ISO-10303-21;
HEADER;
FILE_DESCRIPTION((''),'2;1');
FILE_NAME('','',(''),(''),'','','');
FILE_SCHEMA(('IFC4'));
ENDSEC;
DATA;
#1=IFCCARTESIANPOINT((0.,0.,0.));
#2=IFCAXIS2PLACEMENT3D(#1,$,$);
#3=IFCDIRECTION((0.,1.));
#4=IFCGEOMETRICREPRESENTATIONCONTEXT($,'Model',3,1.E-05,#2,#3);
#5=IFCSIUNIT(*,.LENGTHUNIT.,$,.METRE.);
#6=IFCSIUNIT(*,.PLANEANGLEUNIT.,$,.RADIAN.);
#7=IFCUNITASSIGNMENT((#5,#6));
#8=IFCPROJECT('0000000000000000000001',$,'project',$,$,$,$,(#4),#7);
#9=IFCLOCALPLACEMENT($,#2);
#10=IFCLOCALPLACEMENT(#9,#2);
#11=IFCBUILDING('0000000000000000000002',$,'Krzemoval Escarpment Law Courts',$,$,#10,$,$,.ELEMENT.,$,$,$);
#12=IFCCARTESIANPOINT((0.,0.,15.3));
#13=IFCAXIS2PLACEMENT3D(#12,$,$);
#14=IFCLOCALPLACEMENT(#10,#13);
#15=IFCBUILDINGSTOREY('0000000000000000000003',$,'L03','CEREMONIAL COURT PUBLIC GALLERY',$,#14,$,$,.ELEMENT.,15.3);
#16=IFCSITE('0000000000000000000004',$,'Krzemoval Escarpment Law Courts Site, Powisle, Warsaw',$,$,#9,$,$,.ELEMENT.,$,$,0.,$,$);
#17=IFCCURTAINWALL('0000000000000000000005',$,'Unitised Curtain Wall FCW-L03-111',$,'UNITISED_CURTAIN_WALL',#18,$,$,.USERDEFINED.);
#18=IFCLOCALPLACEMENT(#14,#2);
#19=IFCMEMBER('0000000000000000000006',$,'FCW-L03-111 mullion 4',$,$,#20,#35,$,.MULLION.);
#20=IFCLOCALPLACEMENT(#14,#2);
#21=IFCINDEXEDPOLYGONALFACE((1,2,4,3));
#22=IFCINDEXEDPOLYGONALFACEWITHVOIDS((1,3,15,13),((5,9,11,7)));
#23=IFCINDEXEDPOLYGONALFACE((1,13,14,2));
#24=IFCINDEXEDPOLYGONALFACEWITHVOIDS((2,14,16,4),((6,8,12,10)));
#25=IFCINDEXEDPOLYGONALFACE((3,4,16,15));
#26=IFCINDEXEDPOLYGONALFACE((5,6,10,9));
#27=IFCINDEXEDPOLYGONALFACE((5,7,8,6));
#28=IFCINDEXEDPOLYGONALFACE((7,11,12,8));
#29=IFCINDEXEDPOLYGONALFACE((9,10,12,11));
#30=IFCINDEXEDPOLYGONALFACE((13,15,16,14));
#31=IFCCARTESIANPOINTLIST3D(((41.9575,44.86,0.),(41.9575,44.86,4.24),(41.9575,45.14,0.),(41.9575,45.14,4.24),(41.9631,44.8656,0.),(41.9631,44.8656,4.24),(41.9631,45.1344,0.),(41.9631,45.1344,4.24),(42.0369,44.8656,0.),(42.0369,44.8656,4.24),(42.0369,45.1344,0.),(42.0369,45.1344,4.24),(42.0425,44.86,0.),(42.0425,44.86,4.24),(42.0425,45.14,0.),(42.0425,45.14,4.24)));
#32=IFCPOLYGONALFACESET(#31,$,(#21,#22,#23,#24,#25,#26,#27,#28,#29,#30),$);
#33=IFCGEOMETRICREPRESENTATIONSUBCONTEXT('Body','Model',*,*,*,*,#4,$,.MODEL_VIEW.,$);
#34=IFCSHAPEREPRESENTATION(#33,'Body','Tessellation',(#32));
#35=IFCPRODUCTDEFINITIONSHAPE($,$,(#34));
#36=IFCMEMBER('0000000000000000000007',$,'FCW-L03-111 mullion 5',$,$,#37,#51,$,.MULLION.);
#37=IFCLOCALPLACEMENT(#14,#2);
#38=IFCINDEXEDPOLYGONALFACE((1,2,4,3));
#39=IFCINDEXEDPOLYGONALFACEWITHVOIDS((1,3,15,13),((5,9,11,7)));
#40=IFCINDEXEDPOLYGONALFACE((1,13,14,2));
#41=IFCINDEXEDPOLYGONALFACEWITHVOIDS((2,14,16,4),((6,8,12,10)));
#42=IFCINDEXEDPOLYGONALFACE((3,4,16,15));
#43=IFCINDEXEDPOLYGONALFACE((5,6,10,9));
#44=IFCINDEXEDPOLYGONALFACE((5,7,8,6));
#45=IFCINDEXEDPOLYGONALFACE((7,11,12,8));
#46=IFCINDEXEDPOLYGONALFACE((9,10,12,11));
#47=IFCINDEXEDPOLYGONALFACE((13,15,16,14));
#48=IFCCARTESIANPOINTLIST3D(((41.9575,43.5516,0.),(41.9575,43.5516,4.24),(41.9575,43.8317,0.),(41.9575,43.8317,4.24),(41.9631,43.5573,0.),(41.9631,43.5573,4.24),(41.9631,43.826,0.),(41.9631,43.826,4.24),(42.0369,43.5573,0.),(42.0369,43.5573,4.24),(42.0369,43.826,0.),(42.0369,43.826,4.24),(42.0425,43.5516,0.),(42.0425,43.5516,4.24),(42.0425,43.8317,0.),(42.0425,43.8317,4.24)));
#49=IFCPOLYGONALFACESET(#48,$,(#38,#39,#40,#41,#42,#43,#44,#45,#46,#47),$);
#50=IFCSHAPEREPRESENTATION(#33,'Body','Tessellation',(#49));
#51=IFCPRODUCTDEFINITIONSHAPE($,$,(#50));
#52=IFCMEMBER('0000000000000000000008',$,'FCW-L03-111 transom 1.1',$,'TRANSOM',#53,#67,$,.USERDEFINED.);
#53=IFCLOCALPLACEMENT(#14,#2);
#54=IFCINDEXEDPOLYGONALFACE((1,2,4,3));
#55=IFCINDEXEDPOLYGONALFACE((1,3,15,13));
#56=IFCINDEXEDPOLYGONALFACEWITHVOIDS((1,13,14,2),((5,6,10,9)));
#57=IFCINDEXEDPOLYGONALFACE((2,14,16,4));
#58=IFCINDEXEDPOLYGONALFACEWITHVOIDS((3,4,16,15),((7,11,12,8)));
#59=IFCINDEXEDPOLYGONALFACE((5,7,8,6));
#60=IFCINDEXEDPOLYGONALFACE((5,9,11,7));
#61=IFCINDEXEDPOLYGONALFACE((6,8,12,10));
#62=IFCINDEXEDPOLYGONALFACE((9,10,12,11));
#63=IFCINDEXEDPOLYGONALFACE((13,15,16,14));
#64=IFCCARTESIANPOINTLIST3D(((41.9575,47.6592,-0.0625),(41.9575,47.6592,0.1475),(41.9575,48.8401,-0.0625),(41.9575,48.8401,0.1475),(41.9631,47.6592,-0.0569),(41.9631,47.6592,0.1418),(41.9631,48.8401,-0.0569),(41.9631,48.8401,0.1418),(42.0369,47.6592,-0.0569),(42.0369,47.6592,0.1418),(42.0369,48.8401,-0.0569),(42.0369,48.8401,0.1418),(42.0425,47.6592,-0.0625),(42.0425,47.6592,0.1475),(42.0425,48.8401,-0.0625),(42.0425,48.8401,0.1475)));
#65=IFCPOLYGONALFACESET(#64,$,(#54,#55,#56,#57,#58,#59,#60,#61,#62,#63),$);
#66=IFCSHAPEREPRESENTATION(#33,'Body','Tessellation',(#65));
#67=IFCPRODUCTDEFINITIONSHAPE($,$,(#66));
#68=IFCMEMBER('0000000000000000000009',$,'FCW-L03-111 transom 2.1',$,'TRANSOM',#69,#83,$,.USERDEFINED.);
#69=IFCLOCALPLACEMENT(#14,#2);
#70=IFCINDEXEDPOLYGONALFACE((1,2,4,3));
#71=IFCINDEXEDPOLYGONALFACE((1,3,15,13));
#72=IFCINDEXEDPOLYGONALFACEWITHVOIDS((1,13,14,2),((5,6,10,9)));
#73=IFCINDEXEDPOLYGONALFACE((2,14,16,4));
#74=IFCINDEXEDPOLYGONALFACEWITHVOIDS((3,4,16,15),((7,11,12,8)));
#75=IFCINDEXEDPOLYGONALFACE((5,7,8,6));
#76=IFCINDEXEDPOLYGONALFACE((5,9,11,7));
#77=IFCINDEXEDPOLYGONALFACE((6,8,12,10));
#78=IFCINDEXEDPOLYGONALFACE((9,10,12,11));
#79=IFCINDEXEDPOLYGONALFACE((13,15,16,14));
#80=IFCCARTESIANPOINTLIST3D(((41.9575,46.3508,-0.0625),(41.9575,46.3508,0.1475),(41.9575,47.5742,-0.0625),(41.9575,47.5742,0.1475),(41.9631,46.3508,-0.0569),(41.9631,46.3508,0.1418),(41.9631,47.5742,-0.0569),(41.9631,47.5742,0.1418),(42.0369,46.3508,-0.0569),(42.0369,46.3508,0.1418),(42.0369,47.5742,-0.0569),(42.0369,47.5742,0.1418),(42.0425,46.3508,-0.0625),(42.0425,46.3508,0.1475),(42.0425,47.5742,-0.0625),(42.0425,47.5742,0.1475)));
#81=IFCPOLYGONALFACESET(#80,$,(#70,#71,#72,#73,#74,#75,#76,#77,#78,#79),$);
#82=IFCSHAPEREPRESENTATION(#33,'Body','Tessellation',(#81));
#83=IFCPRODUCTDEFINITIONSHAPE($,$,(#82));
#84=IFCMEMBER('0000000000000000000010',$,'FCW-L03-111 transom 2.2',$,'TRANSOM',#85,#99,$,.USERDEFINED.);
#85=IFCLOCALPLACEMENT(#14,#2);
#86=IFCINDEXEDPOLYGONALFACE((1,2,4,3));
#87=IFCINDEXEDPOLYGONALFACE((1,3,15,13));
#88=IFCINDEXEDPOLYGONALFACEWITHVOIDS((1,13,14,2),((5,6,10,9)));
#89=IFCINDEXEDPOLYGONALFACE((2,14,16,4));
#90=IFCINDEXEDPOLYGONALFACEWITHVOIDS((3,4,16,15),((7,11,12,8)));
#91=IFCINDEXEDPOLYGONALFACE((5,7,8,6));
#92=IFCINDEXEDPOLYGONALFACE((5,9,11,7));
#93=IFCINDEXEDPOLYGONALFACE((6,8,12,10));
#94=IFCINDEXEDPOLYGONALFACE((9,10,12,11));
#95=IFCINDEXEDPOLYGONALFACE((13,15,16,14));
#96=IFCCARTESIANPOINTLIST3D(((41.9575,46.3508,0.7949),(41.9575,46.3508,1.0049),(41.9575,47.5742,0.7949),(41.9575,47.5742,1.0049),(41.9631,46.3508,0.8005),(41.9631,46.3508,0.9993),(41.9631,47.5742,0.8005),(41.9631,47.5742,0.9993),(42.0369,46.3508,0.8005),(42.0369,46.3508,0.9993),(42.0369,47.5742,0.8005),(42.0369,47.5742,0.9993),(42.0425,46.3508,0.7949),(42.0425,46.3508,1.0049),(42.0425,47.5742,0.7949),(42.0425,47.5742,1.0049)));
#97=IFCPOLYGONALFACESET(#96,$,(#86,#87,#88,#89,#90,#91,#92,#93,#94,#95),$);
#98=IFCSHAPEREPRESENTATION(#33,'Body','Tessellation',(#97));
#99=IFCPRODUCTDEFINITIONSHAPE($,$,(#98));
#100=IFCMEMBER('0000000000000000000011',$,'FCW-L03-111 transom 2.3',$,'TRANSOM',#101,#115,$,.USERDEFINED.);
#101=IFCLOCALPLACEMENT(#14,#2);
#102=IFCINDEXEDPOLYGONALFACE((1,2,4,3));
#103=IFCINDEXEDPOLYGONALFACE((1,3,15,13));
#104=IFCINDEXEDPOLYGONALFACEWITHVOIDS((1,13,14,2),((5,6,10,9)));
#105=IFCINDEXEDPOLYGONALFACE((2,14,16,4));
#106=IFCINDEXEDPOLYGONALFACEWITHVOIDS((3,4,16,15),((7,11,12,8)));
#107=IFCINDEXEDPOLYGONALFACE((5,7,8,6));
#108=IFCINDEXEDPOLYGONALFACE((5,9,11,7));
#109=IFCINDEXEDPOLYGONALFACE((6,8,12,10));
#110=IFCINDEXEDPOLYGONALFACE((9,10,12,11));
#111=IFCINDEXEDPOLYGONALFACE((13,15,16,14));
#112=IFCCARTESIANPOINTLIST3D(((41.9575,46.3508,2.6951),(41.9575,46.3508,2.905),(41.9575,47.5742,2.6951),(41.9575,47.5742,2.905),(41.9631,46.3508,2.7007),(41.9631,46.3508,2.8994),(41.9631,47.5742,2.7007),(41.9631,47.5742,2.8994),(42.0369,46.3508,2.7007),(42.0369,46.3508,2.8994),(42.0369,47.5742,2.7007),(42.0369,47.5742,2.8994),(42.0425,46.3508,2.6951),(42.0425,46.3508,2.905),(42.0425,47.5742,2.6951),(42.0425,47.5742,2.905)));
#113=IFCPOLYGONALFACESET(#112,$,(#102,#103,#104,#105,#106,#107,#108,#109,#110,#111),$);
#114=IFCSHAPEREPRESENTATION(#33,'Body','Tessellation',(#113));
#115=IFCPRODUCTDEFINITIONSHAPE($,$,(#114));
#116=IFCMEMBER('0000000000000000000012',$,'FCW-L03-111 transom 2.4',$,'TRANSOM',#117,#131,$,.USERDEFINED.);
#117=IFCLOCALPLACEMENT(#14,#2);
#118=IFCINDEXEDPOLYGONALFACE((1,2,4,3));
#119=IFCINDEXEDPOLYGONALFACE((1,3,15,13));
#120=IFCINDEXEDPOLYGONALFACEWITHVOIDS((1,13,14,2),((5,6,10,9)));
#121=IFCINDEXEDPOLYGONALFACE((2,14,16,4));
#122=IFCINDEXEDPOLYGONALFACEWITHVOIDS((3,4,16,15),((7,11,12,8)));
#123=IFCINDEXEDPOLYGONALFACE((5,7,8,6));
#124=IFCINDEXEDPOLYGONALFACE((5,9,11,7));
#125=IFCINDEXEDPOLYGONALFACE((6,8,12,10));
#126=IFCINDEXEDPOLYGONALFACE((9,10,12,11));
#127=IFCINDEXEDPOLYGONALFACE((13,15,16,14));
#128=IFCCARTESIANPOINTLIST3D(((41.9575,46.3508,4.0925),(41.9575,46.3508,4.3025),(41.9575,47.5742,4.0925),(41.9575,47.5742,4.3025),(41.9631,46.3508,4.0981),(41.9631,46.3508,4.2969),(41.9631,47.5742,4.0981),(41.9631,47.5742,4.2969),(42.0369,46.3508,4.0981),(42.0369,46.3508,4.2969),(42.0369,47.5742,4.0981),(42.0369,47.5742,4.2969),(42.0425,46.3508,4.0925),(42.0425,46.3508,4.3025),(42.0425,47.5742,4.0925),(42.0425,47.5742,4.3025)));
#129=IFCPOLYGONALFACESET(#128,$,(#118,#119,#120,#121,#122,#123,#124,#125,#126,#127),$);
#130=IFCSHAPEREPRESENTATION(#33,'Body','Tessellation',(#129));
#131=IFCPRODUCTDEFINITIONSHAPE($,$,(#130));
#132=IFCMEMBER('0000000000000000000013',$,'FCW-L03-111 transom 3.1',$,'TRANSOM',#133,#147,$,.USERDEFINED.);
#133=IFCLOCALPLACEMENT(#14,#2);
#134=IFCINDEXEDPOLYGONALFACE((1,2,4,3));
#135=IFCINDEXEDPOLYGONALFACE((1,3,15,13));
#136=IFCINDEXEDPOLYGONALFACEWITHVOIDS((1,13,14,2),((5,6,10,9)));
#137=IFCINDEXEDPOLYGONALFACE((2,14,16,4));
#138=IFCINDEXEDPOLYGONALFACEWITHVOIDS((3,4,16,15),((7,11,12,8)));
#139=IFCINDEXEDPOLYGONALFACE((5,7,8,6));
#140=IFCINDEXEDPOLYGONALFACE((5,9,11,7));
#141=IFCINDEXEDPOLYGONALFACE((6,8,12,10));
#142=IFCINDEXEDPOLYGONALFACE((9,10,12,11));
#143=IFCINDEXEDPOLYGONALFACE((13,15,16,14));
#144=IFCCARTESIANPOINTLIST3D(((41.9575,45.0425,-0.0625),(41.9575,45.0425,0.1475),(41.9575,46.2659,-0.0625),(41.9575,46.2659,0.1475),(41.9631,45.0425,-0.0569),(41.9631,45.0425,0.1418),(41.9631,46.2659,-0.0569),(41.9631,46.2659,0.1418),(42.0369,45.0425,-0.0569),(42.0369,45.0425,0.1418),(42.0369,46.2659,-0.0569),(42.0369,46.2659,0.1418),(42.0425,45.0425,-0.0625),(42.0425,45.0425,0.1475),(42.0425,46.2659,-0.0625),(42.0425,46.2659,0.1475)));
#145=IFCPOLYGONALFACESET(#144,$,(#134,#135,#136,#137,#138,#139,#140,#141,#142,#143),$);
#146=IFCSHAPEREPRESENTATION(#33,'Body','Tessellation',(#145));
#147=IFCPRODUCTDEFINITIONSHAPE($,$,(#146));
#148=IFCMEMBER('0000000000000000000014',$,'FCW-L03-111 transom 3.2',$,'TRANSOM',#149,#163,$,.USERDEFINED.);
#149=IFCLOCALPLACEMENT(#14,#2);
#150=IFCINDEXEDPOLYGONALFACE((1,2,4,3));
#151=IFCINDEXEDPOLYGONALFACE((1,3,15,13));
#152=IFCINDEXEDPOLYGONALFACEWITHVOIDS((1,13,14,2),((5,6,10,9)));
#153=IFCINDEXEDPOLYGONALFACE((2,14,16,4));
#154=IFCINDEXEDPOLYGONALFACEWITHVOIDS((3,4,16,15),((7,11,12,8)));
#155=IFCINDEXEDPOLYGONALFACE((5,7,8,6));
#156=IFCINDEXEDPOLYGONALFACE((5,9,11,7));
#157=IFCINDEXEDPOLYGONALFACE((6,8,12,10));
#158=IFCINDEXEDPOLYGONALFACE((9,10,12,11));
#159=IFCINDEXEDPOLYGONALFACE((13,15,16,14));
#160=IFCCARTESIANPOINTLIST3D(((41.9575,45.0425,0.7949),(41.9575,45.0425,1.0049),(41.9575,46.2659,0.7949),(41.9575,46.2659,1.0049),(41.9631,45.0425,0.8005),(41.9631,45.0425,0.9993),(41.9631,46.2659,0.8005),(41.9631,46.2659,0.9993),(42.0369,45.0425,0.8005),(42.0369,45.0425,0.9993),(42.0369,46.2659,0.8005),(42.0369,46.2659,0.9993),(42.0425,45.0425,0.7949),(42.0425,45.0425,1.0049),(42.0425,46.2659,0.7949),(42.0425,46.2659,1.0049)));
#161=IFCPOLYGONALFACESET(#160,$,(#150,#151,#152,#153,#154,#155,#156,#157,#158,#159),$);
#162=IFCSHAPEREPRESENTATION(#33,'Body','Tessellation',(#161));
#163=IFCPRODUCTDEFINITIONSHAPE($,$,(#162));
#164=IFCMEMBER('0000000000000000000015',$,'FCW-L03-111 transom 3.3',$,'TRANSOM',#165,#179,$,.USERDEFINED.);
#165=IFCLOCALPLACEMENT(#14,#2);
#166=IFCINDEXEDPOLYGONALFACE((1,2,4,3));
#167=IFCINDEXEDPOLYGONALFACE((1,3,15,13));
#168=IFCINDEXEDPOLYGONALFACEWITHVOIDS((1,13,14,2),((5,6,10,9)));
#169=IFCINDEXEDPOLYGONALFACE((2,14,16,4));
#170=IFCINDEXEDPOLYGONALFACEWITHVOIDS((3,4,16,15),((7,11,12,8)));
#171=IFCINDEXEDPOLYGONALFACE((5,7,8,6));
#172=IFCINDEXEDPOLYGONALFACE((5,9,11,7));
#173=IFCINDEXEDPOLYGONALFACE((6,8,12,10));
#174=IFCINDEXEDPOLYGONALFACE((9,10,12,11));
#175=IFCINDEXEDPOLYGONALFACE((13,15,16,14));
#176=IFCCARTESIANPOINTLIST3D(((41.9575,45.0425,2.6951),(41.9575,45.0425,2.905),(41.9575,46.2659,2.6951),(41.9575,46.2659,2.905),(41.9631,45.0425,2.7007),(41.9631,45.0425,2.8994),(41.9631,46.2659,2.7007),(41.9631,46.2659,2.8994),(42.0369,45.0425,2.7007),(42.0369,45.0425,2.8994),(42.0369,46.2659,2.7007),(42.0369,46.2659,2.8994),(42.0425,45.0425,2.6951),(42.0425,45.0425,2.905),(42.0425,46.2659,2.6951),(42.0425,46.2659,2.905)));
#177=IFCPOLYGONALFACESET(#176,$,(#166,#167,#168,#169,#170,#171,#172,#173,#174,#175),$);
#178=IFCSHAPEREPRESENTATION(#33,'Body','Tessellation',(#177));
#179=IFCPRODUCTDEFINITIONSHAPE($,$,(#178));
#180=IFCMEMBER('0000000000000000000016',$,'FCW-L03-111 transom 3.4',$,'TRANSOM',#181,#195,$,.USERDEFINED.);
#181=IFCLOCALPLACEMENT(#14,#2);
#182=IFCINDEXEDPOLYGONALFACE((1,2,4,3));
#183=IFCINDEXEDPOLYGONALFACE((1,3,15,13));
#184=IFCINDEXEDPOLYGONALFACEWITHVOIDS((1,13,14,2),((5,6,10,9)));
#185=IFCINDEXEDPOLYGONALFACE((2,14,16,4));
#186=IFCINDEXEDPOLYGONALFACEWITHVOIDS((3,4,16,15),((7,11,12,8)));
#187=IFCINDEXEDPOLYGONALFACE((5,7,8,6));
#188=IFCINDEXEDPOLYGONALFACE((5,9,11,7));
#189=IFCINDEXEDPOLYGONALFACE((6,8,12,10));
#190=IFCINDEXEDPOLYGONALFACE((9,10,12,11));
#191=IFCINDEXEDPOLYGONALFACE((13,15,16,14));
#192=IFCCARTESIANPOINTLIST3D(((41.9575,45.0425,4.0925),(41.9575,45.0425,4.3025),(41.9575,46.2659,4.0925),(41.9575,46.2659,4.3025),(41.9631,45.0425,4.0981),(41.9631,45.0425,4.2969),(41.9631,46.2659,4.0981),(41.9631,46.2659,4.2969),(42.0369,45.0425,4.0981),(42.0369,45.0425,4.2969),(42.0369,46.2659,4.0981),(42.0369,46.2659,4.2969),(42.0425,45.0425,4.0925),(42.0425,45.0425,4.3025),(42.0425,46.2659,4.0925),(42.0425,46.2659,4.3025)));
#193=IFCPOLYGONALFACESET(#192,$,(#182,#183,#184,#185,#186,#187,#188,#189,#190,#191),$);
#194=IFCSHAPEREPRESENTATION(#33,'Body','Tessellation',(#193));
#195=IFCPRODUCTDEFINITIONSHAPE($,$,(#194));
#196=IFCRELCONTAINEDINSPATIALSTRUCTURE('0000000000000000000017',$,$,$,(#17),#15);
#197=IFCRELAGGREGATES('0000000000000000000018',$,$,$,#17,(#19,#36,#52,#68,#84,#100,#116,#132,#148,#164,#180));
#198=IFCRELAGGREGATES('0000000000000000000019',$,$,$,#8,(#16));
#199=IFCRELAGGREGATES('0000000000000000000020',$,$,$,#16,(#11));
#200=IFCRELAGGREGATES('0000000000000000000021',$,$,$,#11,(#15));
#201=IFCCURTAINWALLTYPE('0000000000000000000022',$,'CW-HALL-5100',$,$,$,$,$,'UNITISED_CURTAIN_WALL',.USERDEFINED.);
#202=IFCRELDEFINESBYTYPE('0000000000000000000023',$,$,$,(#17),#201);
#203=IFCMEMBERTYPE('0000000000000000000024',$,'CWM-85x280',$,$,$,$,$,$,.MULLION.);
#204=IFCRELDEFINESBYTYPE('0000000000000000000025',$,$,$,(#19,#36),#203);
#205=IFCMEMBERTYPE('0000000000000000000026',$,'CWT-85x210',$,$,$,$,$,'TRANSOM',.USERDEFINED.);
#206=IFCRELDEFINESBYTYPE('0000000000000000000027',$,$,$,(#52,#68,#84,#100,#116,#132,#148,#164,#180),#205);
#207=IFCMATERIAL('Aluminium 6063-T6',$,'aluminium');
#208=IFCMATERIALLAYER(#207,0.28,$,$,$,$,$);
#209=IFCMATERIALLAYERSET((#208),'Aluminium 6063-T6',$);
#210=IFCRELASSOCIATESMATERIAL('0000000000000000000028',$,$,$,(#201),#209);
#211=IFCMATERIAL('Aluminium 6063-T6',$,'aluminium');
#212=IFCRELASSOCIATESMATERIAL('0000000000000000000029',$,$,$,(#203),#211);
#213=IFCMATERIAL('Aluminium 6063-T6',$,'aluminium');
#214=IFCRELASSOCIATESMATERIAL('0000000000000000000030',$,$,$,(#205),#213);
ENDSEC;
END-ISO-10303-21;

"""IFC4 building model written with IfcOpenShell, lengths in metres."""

from ifc_helpers import new_model, si_unit, direction, frame, origin, origin_2d, place, context, subcontext, project, spatial, hollow_rectangle, extrude, material, layer, layer_set, material_profile, profile_set, type_object, element, aggregate, save


model = new_model("IFC4")

# Units and contexts
model_context = context("Model", 3, precision=1e-05, world=origin(), true_north=direction((0.0, 1.0)))
body_context = subcontext(model_context, "Body", "Model", "MODEL_VIEW")
ifc_project = project(units=[si_unit("LENGTHUNIT", "METRE"), si_unit("PLANEANGLEUNIT", "RADIAN")], contexts=[model_context])

# Site, building, storey
site_placement = place(None, origin())
site = spatial("IfcSite", under=ifc_project, at=site_placement, Name="Krzemoval Escarpment Law Courts Site, Powisle, Warsaw", CompositionType="ELEMENT", RefElevation=0.0)
building_placement = place(site_placement, origin())
building = spatial("IfcBuilding", under=site, at=building_placement, Name="Krzemoval Escarpment Law Courts", CompositionType="ELEMENT")
storey_placement = place(building_placement, frame((0.0, 0.0, 15.3)))
storey = spatial("IfcBuildingStorey", under=building, at=storey_placement, Name="L03", Description="CEREMONIAL COURT PUBLIC GALLERY", CompositionType="ELEMENT", Elevation=15.3)

# Curtain wall, members
ifc_material_1 = material(Name="Aluminium 6063-T6", Category="aluminium")
ifc_layer_1 = layer(ifc_material_1, 0.28)
ifc_layer_set_1 = layer_set([ifc_layer_1], Name="Aluminium 6063-T6")
curtain_wall_type = type_object("IfcCurtainWallType", Name="CW-HALL-5100", ElementType="UNITISED_CURTAIN_WALL", PredefinedType="USERDEFINED", material=ifc_layer_set_1)
curtain_wall_placement = place(storey_placement, origin())
curtain_wall = element("IfcCurtainWall", 1, at=curtain_wall_placement, inside=storey, type_object=curtain_wall_type, Name="Unitised Curtain Wall FCW-L03-111", ObjectType="UNITISED_CURTAIN_WALL", PredefinedType="USERDEFINED")
ifc_material_2 = material(Name="Aluminium 6063-T6", Category="aluminium")
ifc_material_profile_1 = material_profile(ifc_material_2, hollow_rectangle(XDim=0.085, YDim=0.28, WallThickness=0.0056, at=origin_2d()), Name="ALU M85x280")
ifc_profile_set_1 = profile_set([ifc_material_profile_1], Name="Aluminium 6063-T6")
member_type_1 = type_object("IfcMemberType", Name="CWM-85x280", PredefinedType="MULLION", material=ifc_profile_set_1)
member_1_placement = place(storey_placement, frame((42.0, 45.0, 0.0), z_axis=(0.0, 0.0, 1.0), x_axis=(1.0, 0.0, 0.0)))
member_1 = element("IfcMember", 2, at=member_1_placement, type_object=member_type_1, Name="FCW-L03-111 mullion 4", PredefinedType="MULLION", context=body_context, shape_type="SweptSolid", body=[
    extrude(hollow_rectangle(XDim=0.085, YDim=0.28, WallThickness=0.0056, at=origin_2d()), origin(), (0.0, 0.0, 1.0), 4.24),
])
member_2_placement = place(storey_placement, frame((42.0, 43.6917, 0.0), z_axis=(0.0, 0.0, 1.0), x_axis=(1.0, 0.0, 0.0)))
member_2 = element("IfcMember", 3, at=member_2_placement, type_object=member_type_1, Name="FCW-L03-111 mullion 5", PredefinedType="MULLION", context=body_context, shape_type="SweptSolid", body=[
    extrude(hollow_rectangle(XDim=0.085, YDim=0.28, WallThickness=0.0056, at=origin_2d()), origin(), (0.0, 0.0, 1.0), 4.24),
])
ifc_material_3 = material(Name="Aluminium 6063-T6", Category="aluminium")
ifc_material_profile_2 = material_profile(ifc_material_3, hollow_rectangle(XDim=0.085, YDim=0.21, WallThickness=0.0056, at=origin_2d()), Name="ALU T85x210")
ifc_profile_set_2 = profile_set([ifc_material_profile_2], Name="Aluminium 6063-T6")
member_type_2 = type_object("IfcMemberType", Name="CWT-85x210", ElementType="TRANSOM", PredefinedType="USERDEFINED", material=ifc_profile_set_2)
member_3_placement = place(storey_placement, frame((42.0, 48.8401, 0.0425), z_axis=(0.0, -1.0, 0.0), x_axis=(1.0, 0.0, 0.0)))
member_3 = element("IfcMember", 4, at=member_3_placement, type_object=member_type_2, Name="FCW-L03-111 transom 1.1", ObjectType="TRANSOM", PredefinedType="USERDEFINED", context=body_context, shape_type="SweptSolid", body=[
    extrude(hollow_rectangle(XDim=0.085, YDim=0.21, WallThickness=0.0056, at=origin_2d()), origin(), (0.0, 0.0, 1.0), 1.1809),
])
member_4_placement = place(storey_placement, frame((42.0, 47.5742, 0.0425), z_axis=(0.0, -1.0, 0.0), x_axis=(1.0, 0.0, 0.0)))
member_4 = element("IfcMember", 5, at=member_4_placement, type_object=member_type_2, Name="FCW-L03-111 transom 2.1", ObjectType="TRANSOM", PredefinedType="USERDEFINED", context=body_context, shape_type="SweptSolid", body=[
    extrude(hollow_rectangle(XDim=0.085, YDim=0.21, WallThickness=0.0056, at=origin_2d()), origin(), (0.0, 0.0, 1.0), 1.2234),
])
member_5_placement = place(storey_placement, frame((42.0, 47.5742, 0.8999), z_axis=(0.0, -1.0, 0.0), x_axis=(1.0, 0.0, 0.0)))
member_5 = element("IfcMember", 6, at=member_5_placement, type_object=member_type_2, Name="FCW-L03-111 transom 2.2", ObjectType="TRANSOM", PredefinedType="USERDEFINED", context=body_context, shape_type="SweptSolid", body=[
    extrude(hollow_rectangle(XDim=0.085, YDim=0.21, WallThickness=0.0056, at=origin_2d()), origin(), (0.0, 0.0, 1.0), 1.2234),
])
member_6_placement = place(storey_placement, frame((42.0, 47.5742, 2.8), z_axis=(0.0, -1.0, 0.0), x_axis=(1.0, 0.0, 0.0)))
member_6 = element("IfcMember", 7, at=member_6_placement, type_object=member_type_2, Name="FCW-L03-111 transom 2.3", ObjectType="TRANSOM", PredefinedType="USERDEFINED", context=body_context, shape_type="SweptSolid", body=[
    extrude(hollow_rectangle(XDim=0.085, YDim=0.21, WallThickness=0.0056, at=origin_2d()), origin(), (0.0, 0.0, 1.0), 1.2234),
])
member_7_placement = place(storey_placement, frame((42.0, 47.5742, 4.1975), z_axis=(0.0, -1.0, 0.0), x_axis=(1.0, 0.0, 0.0)))
member_7 = element("IfcMember", 8, at=member_7_placement, type_object=member_type_2, Name="FCW-L03-111 transom 2.4", ObjectType="TRANSOM", PredefinedType="USERDEFINED", context=body_context, shape_type="SweptSolid", body=[
    extrude(hollow_rectangle(XDim=0.085, YDim=0.21, WallThickness=0.0056, at=origin_2d()), origin(), (0.0, 0.0, 1.0), 1.2234),
])
member_8_placement = place(storey_placement, frame((42.0, 46.2659, 0.0425), z_axis=(0.0, -1.0, 0.0), x_axis=(1.0, 0.0, 0.0)))
member_8 = element("IfcMember", 9, at=member_8_placement, type_object=member_type_2, Name="FCW-L03-111 transom 3.1", ObjectType="TRANSOM", PredefinedType="USERDEFINED", context=body_context, shape_type="SweptSolid", body=[
    extrude(hollow_rectangle(XDim=0.085, YDim=0.21, WallThickness=0.0056, at=origin_2d()), origin(), (0.0, 0.0, 1.0), 1.2234),
])
member_9_placement = place(storey_placement, frame((42.0, 46.2659, 0.8999), z_axis=(0.0, -1.0, 0.0), x_axis=(1.0, 0.0, 0.0)))
member_9 = element("IfcMember", 10, at=member_9_placement, type_object=member_type_2, Name="FCW-L03-111 transom 3.2", ObjectType="TRANSOM", PredefinedType="USERDEFINED", context=body_context, shape_type="SweptSolid", body=[
    extrude(hollow_rectangle(XDim=0.085, YDim=0.21, WallThickness=0.0056, at=origin_2d()), origin(), (0.0, 0.0, 1.0), 1.2234),
])
member_10_placement = place(storey_placement, frame((42.0, 46.2659, 2.8), z_axis=(0.0, -1.0, 0.0), x_axis=(1.0, 0.0, 0.0)))
member_10 = element("IfcMember", 11, at=member_10_placement, type_object=member_type_2, Name="FCW-L03-111 transom 3.3", ObjectType="TRANSOM", PredefinedType="USERDEFINED", context=body_context, shape_type="SweptSolid", body=[
    extrude(hollow_rectangle(XDim=0.085, YDim=0.21, WallThickness=0.0056, at=origin_2d()), origin(), (0.0, 0.0, 1.0), 1.2234),
])
member_11_placement = place(storey_placement, frame((42.0, 46.2659, 4.1975), z_axis=(0.0, -1.0, 0.0), x_axis=(1.0, 0.0, 0.0)))
member_11 = element("IfcMember", 12, at=member_11_placement, type_object=member_type_2, Name="FCW-L03-111 transom 3.4", ObjectType="TRANSOM", PredefinedType="USERDEFINED", context=body_context, shape_type="SweptSolid", body=[
    extrude(hollow_rectangle(XDim=0.085, YDim=0.21, WallThickness=0.0056, at=origin_2d()), origin(), (0.0, 0.0, 1.0), 1.2234),
])

aggregate(curtain_wall, [member_1, member_2, member_3, member_4, member_5, member_6, member_7, member_8, member_9, member_10, member_11])

save(model, "model.ifc")
